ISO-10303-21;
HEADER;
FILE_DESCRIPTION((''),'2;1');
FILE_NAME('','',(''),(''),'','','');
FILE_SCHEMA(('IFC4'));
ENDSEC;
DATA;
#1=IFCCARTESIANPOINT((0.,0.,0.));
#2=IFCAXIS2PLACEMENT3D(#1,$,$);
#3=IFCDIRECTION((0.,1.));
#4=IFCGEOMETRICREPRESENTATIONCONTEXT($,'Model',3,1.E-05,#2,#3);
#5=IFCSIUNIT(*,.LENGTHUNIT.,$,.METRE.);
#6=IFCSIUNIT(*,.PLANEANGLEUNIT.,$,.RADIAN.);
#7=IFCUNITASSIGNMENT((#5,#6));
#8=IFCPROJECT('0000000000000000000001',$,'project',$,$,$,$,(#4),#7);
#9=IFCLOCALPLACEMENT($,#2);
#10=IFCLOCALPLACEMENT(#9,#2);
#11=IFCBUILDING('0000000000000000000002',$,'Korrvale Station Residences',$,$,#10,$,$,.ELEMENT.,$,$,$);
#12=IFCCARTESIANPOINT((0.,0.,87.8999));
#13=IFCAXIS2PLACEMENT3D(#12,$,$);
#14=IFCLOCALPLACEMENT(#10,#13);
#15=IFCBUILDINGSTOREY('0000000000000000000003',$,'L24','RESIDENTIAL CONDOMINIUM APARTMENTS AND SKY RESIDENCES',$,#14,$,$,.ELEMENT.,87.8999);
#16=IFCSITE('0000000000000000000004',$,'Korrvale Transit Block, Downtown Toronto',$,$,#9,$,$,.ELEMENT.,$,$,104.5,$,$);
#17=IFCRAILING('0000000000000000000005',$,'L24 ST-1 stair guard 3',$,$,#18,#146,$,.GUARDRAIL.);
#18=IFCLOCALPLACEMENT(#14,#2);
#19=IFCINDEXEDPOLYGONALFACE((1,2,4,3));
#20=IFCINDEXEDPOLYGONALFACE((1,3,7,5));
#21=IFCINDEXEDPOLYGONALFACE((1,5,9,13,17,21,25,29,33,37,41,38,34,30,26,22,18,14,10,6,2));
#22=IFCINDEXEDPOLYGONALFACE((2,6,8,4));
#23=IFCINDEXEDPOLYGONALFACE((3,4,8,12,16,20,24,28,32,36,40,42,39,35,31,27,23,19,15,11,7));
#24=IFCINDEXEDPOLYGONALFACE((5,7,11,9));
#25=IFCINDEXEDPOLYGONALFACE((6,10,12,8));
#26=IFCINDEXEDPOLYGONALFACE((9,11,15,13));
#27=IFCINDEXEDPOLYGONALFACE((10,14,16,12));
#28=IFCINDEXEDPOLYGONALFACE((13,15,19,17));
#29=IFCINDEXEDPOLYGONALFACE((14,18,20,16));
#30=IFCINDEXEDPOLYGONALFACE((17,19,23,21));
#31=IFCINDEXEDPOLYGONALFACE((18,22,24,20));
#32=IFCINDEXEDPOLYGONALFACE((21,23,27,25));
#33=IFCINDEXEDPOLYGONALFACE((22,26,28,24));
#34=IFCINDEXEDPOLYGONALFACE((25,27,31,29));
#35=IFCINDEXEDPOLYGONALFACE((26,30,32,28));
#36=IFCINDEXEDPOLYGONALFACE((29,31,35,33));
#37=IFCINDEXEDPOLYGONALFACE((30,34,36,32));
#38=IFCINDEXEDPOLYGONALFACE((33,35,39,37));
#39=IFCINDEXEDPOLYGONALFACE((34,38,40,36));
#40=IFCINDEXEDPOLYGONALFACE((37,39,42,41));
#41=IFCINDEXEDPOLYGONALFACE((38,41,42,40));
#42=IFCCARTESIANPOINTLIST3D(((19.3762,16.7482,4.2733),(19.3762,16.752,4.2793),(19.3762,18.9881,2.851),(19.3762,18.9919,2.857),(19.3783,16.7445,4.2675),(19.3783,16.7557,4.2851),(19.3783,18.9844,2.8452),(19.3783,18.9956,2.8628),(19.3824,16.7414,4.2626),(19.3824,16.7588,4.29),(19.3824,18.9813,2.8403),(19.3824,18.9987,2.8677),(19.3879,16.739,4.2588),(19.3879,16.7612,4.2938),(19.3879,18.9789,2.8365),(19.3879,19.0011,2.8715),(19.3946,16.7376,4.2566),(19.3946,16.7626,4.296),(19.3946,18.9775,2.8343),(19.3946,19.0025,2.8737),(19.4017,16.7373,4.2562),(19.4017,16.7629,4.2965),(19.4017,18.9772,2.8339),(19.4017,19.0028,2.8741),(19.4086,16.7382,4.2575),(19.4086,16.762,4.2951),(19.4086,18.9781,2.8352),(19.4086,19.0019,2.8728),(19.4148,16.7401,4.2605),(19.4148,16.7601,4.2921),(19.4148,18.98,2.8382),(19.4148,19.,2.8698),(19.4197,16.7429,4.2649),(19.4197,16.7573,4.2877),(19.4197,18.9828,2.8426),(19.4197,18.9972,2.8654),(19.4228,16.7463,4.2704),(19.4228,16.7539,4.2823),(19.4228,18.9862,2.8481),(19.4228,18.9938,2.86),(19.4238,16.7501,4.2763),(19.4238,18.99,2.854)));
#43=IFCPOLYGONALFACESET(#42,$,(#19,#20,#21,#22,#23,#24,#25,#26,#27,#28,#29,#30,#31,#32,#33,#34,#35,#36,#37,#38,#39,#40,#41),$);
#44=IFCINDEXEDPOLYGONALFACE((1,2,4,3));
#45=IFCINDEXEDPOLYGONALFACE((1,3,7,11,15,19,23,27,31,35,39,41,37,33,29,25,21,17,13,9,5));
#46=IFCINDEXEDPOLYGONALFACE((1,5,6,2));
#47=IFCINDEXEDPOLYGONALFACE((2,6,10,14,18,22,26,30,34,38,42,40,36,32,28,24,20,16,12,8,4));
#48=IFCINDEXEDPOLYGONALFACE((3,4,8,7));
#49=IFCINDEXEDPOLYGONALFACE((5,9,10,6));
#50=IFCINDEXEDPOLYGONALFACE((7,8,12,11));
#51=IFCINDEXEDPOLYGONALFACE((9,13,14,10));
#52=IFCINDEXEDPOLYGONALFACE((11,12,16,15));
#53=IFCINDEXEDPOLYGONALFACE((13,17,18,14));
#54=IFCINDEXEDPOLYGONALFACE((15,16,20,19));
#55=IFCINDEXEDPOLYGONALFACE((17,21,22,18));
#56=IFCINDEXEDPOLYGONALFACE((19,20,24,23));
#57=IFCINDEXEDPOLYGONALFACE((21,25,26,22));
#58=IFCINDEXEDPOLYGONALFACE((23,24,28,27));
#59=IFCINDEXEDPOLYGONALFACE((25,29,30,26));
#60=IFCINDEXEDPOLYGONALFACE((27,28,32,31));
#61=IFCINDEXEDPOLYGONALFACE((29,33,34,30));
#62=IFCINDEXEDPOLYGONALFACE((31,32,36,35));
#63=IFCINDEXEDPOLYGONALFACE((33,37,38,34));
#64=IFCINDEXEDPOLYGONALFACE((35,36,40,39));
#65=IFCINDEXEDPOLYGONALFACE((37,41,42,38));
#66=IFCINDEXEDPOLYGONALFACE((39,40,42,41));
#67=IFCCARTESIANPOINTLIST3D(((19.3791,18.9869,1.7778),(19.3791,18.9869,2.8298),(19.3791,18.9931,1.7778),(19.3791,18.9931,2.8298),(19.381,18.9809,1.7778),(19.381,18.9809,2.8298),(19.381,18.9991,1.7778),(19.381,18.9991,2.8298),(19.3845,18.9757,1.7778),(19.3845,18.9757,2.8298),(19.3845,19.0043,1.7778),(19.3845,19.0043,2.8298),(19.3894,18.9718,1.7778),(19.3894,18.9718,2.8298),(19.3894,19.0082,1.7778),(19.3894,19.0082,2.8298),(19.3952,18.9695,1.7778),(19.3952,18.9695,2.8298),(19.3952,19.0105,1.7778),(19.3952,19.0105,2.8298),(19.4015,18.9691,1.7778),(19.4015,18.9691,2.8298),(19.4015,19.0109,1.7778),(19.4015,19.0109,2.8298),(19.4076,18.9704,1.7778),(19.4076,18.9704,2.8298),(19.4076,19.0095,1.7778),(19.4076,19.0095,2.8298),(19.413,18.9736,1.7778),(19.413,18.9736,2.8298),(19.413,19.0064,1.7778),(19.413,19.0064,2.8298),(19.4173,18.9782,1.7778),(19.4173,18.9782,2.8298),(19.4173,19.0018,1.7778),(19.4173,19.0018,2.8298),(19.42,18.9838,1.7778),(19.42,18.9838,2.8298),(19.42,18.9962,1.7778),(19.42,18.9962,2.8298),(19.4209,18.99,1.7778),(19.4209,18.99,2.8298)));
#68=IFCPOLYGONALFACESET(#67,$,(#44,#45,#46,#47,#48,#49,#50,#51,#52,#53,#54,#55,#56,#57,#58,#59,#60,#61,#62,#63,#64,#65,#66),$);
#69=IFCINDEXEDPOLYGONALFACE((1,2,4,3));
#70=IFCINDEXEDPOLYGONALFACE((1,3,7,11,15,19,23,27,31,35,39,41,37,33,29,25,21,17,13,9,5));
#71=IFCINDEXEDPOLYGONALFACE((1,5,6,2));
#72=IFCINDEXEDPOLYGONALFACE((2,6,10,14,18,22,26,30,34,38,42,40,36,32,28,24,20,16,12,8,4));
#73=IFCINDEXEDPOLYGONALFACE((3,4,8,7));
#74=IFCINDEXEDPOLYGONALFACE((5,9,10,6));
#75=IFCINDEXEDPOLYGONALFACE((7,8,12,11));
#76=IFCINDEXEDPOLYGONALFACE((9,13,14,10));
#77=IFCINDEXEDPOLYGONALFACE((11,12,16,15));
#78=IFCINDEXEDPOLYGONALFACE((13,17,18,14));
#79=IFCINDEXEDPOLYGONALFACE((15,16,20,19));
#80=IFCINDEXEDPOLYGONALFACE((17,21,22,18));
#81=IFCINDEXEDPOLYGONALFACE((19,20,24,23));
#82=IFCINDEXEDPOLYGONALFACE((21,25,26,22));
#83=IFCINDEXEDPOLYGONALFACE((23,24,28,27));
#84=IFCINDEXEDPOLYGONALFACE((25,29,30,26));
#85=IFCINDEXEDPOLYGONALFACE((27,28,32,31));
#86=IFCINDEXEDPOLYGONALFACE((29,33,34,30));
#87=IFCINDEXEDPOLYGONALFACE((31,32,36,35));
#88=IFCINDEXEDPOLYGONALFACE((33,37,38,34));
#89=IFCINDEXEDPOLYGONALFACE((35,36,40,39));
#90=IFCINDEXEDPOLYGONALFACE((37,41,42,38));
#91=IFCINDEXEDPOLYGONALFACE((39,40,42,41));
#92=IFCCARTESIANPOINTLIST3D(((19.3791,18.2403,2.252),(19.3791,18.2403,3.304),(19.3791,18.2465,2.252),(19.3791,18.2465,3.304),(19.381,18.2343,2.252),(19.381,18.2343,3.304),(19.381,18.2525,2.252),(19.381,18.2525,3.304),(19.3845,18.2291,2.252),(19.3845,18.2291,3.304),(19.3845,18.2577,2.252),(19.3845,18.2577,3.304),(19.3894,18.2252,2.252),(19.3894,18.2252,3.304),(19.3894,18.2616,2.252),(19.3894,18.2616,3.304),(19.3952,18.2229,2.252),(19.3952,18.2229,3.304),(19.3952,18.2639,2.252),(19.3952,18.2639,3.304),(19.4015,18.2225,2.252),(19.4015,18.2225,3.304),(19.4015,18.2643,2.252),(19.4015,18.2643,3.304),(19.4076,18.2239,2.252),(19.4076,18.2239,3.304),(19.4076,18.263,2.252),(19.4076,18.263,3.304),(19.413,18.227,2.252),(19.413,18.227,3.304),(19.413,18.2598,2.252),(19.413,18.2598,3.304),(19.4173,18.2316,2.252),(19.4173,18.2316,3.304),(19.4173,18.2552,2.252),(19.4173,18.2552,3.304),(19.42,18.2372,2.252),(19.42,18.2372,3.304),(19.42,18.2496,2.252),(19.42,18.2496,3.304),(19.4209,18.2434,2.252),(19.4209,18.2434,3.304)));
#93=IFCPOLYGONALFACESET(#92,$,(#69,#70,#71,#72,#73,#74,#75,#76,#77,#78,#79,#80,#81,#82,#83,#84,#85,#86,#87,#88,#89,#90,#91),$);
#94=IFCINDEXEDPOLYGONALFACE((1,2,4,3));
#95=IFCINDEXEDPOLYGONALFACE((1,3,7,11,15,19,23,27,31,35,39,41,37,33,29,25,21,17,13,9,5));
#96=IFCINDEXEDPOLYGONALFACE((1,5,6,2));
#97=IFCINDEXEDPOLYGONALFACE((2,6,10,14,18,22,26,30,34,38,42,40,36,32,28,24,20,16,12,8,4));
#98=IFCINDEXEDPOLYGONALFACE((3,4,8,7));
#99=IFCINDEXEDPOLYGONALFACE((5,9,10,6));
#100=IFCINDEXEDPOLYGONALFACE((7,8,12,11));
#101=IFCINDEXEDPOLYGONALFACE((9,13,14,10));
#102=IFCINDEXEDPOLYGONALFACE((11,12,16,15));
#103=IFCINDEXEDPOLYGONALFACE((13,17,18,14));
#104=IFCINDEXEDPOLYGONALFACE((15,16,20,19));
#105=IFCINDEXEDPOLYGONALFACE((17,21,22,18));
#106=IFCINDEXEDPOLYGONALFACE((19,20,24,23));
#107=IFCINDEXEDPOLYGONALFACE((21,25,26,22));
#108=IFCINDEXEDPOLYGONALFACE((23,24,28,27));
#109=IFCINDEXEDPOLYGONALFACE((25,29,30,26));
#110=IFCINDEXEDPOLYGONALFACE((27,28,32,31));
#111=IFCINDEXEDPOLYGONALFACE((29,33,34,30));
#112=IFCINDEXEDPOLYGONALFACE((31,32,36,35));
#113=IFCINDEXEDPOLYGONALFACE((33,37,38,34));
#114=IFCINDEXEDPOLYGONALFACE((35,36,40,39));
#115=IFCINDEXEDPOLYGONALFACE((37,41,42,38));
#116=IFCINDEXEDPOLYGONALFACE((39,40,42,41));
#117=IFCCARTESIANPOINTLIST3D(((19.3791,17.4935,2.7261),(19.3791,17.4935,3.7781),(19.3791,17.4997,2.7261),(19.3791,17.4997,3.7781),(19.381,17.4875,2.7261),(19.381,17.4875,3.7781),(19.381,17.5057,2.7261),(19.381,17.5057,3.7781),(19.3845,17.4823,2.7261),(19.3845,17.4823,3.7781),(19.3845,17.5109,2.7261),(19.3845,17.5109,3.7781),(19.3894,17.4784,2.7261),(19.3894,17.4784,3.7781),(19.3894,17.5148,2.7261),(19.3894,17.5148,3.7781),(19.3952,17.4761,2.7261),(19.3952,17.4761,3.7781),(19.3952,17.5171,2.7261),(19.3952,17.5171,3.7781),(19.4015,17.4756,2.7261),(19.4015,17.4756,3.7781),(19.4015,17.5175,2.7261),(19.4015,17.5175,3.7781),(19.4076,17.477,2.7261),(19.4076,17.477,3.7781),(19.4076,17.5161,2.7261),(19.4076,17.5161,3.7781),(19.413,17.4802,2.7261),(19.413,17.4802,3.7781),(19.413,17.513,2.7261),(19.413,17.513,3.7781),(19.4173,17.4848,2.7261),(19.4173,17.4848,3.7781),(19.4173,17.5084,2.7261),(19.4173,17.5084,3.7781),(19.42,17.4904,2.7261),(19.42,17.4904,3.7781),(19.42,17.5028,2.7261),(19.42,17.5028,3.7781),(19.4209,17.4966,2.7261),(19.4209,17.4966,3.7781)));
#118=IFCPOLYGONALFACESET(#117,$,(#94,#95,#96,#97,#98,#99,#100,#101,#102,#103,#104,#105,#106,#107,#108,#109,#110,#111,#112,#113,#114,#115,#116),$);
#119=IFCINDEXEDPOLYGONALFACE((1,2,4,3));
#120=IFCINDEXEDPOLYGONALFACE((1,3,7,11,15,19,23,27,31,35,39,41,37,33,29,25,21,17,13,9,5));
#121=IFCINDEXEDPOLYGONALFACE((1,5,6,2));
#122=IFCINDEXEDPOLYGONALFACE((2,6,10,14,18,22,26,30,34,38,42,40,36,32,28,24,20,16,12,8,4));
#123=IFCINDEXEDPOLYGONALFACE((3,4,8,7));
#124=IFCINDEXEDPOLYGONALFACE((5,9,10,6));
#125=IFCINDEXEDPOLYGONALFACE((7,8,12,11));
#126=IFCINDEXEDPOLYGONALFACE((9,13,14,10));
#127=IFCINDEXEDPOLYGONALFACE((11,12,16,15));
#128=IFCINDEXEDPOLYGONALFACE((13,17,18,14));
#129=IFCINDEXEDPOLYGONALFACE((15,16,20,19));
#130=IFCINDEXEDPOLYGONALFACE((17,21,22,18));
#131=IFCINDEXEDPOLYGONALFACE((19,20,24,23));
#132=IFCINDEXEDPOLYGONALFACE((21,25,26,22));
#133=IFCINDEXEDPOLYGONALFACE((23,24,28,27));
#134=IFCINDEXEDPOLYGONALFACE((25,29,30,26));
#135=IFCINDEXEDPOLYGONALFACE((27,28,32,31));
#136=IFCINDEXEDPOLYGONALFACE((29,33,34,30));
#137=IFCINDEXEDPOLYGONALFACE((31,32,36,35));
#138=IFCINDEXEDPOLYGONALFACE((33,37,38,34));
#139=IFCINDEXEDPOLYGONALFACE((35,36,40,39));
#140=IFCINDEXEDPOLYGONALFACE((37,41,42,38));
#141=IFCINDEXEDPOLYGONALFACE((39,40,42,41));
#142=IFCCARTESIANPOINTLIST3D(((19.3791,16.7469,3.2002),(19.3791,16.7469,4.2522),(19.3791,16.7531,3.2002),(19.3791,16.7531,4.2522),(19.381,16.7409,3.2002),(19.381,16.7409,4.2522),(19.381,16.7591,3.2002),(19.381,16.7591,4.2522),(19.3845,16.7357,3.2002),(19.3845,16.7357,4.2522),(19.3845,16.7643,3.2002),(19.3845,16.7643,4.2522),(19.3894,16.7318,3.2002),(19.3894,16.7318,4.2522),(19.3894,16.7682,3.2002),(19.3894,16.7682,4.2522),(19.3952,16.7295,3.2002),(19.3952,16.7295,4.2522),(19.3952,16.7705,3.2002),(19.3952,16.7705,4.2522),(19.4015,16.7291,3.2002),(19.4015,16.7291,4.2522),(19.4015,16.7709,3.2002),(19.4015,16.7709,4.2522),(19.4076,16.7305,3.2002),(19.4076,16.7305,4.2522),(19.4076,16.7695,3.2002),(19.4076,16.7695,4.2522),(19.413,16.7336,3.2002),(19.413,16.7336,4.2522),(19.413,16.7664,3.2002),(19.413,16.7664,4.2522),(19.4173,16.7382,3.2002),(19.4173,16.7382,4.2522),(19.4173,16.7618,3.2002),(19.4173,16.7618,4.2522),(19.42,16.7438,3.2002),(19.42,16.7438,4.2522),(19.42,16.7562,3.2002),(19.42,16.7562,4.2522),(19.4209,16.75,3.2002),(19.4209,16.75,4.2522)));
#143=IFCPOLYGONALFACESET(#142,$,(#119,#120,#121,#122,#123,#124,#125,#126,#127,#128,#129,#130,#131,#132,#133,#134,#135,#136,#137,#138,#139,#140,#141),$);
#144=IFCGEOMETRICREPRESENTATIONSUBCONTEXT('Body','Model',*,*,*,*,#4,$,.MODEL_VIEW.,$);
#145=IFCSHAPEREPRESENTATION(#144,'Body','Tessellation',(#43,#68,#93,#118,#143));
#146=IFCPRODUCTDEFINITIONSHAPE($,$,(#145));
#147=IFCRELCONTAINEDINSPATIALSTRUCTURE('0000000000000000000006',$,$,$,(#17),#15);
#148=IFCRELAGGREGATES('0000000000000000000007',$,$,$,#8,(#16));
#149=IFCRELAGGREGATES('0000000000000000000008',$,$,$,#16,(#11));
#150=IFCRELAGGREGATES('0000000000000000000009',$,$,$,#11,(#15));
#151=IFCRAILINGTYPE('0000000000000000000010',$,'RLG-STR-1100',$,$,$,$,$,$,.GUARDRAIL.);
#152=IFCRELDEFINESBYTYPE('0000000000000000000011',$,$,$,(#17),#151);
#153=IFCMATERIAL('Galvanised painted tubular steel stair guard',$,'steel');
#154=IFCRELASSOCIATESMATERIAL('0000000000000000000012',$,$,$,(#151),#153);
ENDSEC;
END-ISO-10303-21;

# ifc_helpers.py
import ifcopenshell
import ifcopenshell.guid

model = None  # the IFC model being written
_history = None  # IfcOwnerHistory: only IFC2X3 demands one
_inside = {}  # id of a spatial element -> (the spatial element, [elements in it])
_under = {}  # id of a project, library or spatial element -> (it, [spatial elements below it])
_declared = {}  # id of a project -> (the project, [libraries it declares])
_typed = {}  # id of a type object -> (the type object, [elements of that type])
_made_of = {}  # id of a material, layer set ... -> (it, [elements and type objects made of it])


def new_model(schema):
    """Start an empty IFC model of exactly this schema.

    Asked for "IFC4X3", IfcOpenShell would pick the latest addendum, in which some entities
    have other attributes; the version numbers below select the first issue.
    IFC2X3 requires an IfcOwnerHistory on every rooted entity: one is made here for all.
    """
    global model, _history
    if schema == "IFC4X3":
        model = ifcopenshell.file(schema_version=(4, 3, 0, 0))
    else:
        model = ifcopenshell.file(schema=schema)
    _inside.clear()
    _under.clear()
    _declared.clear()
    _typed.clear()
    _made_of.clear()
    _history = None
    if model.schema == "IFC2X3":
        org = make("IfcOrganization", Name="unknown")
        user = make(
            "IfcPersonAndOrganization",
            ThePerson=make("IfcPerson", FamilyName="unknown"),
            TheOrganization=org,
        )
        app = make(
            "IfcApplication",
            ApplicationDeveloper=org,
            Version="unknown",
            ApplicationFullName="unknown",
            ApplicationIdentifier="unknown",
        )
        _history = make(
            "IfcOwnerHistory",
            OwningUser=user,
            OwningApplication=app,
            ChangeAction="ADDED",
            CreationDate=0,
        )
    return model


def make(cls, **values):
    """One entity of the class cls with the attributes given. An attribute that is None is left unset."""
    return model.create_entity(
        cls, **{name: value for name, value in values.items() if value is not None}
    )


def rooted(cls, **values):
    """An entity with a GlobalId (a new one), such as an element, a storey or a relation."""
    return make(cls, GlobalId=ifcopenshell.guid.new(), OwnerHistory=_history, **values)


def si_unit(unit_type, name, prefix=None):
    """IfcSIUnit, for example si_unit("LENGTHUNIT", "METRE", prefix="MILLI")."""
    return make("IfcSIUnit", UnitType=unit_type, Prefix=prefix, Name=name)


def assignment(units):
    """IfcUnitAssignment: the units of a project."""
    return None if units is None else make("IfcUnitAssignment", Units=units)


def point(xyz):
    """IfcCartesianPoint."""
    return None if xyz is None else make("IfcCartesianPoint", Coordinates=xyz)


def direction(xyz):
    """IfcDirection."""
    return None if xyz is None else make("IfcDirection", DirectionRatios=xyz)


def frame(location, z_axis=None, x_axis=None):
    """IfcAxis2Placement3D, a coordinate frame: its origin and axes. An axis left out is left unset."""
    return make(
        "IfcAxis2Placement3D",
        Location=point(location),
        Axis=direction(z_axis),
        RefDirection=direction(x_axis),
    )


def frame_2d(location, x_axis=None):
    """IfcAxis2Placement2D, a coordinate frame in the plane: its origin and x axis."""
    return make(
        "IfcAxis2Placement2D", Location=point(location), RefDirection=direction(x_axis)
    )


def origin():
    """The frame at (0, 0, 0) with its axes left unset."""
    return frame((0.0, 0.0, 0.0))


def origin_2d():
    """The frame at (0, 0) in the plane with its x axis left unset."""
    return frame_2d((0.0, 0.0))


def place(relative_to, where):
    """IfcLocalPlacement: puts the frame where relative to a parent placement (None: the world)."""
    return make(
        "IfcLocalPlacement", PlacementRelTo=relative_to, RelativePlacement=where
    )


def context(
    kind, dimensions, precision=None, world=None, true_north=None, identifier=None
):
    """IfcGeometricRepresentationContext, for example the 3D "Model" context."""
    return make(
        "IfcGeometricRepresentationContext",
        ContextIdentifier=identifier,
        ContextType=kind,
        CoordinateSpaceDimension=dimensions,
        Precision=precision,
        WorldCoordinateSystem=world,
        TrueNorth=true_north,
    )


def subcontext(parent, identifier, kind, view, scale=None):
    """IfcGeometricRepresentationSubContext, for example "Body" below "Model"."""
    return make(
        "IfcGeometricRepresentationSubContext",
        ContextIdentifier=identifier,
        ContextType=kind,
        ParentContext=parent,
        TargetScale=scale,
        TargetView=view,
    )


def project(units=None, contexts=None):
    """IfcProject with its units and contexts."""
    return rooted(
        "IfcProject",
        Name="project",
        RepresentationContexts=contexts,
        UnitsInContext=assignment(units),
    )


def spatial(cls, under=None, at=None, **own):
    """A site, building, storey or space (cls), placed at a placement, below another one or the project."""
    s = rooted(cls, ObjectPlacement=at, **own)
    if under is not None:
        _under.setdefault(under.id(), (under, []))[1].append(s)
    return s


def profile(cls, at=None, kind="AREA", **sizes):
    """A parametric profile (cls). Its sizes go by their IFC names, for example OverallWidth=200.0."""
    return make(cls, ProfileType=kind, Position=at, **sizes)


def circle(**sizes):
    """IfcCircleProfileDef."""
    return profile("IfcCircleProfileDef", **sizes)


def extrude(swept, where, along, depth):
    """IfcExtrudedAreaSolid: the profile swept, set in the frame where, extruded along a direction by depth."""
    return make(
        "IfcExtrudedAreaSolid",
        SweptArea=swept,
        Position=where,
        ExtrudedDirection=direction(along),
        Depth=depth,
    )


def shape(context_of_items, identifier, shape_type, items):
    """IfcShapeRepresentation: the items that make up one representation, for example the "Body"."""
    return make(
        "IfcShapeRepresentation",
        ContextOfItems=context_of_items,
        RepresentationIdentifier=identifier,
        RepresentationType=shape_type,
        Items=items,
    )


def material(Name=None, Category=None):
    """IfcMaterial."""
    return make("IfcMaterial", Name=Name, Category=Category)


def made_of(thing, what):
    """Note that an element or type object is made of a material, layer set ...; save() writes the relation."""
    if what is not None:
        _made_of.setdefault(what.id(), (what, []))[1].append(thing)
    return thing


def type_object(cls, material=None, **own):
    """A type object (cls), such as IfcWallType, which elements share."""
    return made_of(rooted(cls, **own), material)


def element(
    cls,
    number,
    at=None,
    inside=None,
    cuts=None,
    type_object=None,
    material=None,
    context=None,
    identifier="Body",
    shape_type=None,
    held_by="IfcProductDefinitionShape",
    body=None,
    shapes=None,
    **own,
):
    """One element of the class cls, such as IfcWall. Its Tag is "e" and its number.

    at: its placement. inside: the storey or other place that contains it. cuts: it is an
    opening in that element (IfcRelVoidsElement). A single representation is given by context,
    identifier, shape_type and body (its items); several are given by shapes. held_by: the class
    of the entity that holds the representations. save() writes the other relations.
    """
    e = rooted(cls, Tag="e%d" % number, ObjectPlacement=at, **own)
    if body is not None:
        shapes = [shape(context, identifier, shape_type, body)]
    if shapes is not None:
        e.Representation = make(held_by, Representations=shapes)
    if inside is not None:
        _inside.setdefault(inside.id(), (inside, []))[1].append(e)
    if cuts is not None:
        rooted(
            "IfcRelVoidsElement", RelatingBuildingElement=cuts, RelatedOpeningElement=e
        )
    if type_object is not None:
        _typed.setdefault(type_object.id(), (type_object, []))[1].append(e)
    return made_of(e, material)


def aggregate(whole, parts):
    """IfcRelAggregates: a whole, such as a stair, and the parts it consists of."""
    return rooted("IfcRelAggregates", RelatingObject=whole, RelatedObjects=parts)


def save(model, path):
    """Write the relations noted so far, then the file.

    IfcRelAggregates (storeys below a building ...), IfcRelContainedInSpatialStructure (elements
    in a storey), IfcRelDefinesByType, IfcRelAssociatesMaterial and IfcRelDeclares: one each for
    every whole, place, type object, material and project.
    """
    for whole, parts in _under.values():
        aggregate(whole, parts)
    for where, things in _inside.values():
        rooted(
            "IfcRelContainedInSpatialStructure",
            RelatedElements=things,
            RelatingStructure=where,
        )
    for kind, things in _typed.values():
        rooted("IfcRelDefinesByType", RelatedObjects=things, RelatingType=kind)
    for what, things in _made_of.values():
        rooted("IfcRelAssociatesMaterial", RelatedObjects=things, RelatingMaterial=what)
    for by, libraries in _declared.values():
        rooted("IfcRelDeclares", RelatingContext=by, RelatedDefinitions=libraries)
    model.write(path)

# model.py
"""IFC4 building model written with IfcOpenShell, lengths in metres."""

from ifc_helpers import new_model, si_unit, direction, frame, origin, origin_2d, place, context, subcontext, project, spatial, circle, extrude, material, type_object, element, save


model = new_model("IFC4")

# Units and contexts
model_context = context("Model", 3, precision=1e-05, world=origin(), true_north=direction((0.0, 1.0)))
body_context = subcontext(model_context, "Body", "Model", "MODEL_VIEW")
ifc_project = project(units=[si_unit("LENGTHUNIT", "METRE"), si_unit("PLANEANGLEUNIT", "RADIAN")], contexts=[model_context])

# Site, building, storey
site_placement = place(None, origin())
site = spatial("IfcSite", under=ifc_project, at=site_placement, Name="Korrvale Transit Block, Downtown Toronto", CompositionType="ELEMENT", RefElevation=104.5)
building_placement = place(site_placement, origin())
building = spatial("IfcBuilding", under=site, at=building_placement, Name="Korrvale Station Residences", CompositionType="ELEMENT")
storey_placement = place(building_placement, frame((0.0, 0.0, 87.8999)))
storey = spatial("IfcBuildingStorey", under=building, at=storey_placement, Name="L24", Description="RESIDENTIAL CONDOMINIUM APARTMENTS AND SKY RESIDENCES", CompositionType="ELEMENT", Elevation=87.8999)

# Railing
ifc_material_1 = material(Name="Galvanised painted tubular steel stair guard", Category="steel")
railing_type_1 = type_object("IfcRailingType", Name="RLG-STR-1100", PredefinedType="GUARDRAIL", material=ifc_material_1)
railing_1_placement = place(storey_placement, frame((19.3999, 18.99, 1.7778)))
element("IfcRailing", 1, at=railing_1_placement, inside=storey, type_object=railing_type_1, Name="L24 ST-1 stair guard 3", PredefinedType="GUARDRAIL", context=body_context, shape_type="SweptSolid", body=[
    extrude(circle(Radius=0.0239, at=origin_2d()), frame((0.0, 0.0, 1.0762), z_axis=(0.0, -0.844188, 0.536048), x_axis=(1.0, 0.0, 0.0)), (0.0, 0.0, 1.0), 2.6533),
    extrude(circle(Radius=0.021, at=origin_2d()), origin(), (0.0, 0.0, 1.0), 1.052),
    extrude(circle(Radius=0.021, at=origin_2d()), frame((0.0, -0.7466, 0.4741)), (0.0, 0.0, 1.0), 1.052),
    extrude(circle(Radius=0.021, at=origin_2d()), frame((0.0, -1.4934, 0.9482)), (0.0, 0.0, 1.0), 1.052),
    extrude(circle(Radius=0.021, at=origin_2d()), frame((0.0, -2.24, 1.4224)), (0.0, 0.0, 1.0), 1.052),
])

save(model, "model.ifc")
